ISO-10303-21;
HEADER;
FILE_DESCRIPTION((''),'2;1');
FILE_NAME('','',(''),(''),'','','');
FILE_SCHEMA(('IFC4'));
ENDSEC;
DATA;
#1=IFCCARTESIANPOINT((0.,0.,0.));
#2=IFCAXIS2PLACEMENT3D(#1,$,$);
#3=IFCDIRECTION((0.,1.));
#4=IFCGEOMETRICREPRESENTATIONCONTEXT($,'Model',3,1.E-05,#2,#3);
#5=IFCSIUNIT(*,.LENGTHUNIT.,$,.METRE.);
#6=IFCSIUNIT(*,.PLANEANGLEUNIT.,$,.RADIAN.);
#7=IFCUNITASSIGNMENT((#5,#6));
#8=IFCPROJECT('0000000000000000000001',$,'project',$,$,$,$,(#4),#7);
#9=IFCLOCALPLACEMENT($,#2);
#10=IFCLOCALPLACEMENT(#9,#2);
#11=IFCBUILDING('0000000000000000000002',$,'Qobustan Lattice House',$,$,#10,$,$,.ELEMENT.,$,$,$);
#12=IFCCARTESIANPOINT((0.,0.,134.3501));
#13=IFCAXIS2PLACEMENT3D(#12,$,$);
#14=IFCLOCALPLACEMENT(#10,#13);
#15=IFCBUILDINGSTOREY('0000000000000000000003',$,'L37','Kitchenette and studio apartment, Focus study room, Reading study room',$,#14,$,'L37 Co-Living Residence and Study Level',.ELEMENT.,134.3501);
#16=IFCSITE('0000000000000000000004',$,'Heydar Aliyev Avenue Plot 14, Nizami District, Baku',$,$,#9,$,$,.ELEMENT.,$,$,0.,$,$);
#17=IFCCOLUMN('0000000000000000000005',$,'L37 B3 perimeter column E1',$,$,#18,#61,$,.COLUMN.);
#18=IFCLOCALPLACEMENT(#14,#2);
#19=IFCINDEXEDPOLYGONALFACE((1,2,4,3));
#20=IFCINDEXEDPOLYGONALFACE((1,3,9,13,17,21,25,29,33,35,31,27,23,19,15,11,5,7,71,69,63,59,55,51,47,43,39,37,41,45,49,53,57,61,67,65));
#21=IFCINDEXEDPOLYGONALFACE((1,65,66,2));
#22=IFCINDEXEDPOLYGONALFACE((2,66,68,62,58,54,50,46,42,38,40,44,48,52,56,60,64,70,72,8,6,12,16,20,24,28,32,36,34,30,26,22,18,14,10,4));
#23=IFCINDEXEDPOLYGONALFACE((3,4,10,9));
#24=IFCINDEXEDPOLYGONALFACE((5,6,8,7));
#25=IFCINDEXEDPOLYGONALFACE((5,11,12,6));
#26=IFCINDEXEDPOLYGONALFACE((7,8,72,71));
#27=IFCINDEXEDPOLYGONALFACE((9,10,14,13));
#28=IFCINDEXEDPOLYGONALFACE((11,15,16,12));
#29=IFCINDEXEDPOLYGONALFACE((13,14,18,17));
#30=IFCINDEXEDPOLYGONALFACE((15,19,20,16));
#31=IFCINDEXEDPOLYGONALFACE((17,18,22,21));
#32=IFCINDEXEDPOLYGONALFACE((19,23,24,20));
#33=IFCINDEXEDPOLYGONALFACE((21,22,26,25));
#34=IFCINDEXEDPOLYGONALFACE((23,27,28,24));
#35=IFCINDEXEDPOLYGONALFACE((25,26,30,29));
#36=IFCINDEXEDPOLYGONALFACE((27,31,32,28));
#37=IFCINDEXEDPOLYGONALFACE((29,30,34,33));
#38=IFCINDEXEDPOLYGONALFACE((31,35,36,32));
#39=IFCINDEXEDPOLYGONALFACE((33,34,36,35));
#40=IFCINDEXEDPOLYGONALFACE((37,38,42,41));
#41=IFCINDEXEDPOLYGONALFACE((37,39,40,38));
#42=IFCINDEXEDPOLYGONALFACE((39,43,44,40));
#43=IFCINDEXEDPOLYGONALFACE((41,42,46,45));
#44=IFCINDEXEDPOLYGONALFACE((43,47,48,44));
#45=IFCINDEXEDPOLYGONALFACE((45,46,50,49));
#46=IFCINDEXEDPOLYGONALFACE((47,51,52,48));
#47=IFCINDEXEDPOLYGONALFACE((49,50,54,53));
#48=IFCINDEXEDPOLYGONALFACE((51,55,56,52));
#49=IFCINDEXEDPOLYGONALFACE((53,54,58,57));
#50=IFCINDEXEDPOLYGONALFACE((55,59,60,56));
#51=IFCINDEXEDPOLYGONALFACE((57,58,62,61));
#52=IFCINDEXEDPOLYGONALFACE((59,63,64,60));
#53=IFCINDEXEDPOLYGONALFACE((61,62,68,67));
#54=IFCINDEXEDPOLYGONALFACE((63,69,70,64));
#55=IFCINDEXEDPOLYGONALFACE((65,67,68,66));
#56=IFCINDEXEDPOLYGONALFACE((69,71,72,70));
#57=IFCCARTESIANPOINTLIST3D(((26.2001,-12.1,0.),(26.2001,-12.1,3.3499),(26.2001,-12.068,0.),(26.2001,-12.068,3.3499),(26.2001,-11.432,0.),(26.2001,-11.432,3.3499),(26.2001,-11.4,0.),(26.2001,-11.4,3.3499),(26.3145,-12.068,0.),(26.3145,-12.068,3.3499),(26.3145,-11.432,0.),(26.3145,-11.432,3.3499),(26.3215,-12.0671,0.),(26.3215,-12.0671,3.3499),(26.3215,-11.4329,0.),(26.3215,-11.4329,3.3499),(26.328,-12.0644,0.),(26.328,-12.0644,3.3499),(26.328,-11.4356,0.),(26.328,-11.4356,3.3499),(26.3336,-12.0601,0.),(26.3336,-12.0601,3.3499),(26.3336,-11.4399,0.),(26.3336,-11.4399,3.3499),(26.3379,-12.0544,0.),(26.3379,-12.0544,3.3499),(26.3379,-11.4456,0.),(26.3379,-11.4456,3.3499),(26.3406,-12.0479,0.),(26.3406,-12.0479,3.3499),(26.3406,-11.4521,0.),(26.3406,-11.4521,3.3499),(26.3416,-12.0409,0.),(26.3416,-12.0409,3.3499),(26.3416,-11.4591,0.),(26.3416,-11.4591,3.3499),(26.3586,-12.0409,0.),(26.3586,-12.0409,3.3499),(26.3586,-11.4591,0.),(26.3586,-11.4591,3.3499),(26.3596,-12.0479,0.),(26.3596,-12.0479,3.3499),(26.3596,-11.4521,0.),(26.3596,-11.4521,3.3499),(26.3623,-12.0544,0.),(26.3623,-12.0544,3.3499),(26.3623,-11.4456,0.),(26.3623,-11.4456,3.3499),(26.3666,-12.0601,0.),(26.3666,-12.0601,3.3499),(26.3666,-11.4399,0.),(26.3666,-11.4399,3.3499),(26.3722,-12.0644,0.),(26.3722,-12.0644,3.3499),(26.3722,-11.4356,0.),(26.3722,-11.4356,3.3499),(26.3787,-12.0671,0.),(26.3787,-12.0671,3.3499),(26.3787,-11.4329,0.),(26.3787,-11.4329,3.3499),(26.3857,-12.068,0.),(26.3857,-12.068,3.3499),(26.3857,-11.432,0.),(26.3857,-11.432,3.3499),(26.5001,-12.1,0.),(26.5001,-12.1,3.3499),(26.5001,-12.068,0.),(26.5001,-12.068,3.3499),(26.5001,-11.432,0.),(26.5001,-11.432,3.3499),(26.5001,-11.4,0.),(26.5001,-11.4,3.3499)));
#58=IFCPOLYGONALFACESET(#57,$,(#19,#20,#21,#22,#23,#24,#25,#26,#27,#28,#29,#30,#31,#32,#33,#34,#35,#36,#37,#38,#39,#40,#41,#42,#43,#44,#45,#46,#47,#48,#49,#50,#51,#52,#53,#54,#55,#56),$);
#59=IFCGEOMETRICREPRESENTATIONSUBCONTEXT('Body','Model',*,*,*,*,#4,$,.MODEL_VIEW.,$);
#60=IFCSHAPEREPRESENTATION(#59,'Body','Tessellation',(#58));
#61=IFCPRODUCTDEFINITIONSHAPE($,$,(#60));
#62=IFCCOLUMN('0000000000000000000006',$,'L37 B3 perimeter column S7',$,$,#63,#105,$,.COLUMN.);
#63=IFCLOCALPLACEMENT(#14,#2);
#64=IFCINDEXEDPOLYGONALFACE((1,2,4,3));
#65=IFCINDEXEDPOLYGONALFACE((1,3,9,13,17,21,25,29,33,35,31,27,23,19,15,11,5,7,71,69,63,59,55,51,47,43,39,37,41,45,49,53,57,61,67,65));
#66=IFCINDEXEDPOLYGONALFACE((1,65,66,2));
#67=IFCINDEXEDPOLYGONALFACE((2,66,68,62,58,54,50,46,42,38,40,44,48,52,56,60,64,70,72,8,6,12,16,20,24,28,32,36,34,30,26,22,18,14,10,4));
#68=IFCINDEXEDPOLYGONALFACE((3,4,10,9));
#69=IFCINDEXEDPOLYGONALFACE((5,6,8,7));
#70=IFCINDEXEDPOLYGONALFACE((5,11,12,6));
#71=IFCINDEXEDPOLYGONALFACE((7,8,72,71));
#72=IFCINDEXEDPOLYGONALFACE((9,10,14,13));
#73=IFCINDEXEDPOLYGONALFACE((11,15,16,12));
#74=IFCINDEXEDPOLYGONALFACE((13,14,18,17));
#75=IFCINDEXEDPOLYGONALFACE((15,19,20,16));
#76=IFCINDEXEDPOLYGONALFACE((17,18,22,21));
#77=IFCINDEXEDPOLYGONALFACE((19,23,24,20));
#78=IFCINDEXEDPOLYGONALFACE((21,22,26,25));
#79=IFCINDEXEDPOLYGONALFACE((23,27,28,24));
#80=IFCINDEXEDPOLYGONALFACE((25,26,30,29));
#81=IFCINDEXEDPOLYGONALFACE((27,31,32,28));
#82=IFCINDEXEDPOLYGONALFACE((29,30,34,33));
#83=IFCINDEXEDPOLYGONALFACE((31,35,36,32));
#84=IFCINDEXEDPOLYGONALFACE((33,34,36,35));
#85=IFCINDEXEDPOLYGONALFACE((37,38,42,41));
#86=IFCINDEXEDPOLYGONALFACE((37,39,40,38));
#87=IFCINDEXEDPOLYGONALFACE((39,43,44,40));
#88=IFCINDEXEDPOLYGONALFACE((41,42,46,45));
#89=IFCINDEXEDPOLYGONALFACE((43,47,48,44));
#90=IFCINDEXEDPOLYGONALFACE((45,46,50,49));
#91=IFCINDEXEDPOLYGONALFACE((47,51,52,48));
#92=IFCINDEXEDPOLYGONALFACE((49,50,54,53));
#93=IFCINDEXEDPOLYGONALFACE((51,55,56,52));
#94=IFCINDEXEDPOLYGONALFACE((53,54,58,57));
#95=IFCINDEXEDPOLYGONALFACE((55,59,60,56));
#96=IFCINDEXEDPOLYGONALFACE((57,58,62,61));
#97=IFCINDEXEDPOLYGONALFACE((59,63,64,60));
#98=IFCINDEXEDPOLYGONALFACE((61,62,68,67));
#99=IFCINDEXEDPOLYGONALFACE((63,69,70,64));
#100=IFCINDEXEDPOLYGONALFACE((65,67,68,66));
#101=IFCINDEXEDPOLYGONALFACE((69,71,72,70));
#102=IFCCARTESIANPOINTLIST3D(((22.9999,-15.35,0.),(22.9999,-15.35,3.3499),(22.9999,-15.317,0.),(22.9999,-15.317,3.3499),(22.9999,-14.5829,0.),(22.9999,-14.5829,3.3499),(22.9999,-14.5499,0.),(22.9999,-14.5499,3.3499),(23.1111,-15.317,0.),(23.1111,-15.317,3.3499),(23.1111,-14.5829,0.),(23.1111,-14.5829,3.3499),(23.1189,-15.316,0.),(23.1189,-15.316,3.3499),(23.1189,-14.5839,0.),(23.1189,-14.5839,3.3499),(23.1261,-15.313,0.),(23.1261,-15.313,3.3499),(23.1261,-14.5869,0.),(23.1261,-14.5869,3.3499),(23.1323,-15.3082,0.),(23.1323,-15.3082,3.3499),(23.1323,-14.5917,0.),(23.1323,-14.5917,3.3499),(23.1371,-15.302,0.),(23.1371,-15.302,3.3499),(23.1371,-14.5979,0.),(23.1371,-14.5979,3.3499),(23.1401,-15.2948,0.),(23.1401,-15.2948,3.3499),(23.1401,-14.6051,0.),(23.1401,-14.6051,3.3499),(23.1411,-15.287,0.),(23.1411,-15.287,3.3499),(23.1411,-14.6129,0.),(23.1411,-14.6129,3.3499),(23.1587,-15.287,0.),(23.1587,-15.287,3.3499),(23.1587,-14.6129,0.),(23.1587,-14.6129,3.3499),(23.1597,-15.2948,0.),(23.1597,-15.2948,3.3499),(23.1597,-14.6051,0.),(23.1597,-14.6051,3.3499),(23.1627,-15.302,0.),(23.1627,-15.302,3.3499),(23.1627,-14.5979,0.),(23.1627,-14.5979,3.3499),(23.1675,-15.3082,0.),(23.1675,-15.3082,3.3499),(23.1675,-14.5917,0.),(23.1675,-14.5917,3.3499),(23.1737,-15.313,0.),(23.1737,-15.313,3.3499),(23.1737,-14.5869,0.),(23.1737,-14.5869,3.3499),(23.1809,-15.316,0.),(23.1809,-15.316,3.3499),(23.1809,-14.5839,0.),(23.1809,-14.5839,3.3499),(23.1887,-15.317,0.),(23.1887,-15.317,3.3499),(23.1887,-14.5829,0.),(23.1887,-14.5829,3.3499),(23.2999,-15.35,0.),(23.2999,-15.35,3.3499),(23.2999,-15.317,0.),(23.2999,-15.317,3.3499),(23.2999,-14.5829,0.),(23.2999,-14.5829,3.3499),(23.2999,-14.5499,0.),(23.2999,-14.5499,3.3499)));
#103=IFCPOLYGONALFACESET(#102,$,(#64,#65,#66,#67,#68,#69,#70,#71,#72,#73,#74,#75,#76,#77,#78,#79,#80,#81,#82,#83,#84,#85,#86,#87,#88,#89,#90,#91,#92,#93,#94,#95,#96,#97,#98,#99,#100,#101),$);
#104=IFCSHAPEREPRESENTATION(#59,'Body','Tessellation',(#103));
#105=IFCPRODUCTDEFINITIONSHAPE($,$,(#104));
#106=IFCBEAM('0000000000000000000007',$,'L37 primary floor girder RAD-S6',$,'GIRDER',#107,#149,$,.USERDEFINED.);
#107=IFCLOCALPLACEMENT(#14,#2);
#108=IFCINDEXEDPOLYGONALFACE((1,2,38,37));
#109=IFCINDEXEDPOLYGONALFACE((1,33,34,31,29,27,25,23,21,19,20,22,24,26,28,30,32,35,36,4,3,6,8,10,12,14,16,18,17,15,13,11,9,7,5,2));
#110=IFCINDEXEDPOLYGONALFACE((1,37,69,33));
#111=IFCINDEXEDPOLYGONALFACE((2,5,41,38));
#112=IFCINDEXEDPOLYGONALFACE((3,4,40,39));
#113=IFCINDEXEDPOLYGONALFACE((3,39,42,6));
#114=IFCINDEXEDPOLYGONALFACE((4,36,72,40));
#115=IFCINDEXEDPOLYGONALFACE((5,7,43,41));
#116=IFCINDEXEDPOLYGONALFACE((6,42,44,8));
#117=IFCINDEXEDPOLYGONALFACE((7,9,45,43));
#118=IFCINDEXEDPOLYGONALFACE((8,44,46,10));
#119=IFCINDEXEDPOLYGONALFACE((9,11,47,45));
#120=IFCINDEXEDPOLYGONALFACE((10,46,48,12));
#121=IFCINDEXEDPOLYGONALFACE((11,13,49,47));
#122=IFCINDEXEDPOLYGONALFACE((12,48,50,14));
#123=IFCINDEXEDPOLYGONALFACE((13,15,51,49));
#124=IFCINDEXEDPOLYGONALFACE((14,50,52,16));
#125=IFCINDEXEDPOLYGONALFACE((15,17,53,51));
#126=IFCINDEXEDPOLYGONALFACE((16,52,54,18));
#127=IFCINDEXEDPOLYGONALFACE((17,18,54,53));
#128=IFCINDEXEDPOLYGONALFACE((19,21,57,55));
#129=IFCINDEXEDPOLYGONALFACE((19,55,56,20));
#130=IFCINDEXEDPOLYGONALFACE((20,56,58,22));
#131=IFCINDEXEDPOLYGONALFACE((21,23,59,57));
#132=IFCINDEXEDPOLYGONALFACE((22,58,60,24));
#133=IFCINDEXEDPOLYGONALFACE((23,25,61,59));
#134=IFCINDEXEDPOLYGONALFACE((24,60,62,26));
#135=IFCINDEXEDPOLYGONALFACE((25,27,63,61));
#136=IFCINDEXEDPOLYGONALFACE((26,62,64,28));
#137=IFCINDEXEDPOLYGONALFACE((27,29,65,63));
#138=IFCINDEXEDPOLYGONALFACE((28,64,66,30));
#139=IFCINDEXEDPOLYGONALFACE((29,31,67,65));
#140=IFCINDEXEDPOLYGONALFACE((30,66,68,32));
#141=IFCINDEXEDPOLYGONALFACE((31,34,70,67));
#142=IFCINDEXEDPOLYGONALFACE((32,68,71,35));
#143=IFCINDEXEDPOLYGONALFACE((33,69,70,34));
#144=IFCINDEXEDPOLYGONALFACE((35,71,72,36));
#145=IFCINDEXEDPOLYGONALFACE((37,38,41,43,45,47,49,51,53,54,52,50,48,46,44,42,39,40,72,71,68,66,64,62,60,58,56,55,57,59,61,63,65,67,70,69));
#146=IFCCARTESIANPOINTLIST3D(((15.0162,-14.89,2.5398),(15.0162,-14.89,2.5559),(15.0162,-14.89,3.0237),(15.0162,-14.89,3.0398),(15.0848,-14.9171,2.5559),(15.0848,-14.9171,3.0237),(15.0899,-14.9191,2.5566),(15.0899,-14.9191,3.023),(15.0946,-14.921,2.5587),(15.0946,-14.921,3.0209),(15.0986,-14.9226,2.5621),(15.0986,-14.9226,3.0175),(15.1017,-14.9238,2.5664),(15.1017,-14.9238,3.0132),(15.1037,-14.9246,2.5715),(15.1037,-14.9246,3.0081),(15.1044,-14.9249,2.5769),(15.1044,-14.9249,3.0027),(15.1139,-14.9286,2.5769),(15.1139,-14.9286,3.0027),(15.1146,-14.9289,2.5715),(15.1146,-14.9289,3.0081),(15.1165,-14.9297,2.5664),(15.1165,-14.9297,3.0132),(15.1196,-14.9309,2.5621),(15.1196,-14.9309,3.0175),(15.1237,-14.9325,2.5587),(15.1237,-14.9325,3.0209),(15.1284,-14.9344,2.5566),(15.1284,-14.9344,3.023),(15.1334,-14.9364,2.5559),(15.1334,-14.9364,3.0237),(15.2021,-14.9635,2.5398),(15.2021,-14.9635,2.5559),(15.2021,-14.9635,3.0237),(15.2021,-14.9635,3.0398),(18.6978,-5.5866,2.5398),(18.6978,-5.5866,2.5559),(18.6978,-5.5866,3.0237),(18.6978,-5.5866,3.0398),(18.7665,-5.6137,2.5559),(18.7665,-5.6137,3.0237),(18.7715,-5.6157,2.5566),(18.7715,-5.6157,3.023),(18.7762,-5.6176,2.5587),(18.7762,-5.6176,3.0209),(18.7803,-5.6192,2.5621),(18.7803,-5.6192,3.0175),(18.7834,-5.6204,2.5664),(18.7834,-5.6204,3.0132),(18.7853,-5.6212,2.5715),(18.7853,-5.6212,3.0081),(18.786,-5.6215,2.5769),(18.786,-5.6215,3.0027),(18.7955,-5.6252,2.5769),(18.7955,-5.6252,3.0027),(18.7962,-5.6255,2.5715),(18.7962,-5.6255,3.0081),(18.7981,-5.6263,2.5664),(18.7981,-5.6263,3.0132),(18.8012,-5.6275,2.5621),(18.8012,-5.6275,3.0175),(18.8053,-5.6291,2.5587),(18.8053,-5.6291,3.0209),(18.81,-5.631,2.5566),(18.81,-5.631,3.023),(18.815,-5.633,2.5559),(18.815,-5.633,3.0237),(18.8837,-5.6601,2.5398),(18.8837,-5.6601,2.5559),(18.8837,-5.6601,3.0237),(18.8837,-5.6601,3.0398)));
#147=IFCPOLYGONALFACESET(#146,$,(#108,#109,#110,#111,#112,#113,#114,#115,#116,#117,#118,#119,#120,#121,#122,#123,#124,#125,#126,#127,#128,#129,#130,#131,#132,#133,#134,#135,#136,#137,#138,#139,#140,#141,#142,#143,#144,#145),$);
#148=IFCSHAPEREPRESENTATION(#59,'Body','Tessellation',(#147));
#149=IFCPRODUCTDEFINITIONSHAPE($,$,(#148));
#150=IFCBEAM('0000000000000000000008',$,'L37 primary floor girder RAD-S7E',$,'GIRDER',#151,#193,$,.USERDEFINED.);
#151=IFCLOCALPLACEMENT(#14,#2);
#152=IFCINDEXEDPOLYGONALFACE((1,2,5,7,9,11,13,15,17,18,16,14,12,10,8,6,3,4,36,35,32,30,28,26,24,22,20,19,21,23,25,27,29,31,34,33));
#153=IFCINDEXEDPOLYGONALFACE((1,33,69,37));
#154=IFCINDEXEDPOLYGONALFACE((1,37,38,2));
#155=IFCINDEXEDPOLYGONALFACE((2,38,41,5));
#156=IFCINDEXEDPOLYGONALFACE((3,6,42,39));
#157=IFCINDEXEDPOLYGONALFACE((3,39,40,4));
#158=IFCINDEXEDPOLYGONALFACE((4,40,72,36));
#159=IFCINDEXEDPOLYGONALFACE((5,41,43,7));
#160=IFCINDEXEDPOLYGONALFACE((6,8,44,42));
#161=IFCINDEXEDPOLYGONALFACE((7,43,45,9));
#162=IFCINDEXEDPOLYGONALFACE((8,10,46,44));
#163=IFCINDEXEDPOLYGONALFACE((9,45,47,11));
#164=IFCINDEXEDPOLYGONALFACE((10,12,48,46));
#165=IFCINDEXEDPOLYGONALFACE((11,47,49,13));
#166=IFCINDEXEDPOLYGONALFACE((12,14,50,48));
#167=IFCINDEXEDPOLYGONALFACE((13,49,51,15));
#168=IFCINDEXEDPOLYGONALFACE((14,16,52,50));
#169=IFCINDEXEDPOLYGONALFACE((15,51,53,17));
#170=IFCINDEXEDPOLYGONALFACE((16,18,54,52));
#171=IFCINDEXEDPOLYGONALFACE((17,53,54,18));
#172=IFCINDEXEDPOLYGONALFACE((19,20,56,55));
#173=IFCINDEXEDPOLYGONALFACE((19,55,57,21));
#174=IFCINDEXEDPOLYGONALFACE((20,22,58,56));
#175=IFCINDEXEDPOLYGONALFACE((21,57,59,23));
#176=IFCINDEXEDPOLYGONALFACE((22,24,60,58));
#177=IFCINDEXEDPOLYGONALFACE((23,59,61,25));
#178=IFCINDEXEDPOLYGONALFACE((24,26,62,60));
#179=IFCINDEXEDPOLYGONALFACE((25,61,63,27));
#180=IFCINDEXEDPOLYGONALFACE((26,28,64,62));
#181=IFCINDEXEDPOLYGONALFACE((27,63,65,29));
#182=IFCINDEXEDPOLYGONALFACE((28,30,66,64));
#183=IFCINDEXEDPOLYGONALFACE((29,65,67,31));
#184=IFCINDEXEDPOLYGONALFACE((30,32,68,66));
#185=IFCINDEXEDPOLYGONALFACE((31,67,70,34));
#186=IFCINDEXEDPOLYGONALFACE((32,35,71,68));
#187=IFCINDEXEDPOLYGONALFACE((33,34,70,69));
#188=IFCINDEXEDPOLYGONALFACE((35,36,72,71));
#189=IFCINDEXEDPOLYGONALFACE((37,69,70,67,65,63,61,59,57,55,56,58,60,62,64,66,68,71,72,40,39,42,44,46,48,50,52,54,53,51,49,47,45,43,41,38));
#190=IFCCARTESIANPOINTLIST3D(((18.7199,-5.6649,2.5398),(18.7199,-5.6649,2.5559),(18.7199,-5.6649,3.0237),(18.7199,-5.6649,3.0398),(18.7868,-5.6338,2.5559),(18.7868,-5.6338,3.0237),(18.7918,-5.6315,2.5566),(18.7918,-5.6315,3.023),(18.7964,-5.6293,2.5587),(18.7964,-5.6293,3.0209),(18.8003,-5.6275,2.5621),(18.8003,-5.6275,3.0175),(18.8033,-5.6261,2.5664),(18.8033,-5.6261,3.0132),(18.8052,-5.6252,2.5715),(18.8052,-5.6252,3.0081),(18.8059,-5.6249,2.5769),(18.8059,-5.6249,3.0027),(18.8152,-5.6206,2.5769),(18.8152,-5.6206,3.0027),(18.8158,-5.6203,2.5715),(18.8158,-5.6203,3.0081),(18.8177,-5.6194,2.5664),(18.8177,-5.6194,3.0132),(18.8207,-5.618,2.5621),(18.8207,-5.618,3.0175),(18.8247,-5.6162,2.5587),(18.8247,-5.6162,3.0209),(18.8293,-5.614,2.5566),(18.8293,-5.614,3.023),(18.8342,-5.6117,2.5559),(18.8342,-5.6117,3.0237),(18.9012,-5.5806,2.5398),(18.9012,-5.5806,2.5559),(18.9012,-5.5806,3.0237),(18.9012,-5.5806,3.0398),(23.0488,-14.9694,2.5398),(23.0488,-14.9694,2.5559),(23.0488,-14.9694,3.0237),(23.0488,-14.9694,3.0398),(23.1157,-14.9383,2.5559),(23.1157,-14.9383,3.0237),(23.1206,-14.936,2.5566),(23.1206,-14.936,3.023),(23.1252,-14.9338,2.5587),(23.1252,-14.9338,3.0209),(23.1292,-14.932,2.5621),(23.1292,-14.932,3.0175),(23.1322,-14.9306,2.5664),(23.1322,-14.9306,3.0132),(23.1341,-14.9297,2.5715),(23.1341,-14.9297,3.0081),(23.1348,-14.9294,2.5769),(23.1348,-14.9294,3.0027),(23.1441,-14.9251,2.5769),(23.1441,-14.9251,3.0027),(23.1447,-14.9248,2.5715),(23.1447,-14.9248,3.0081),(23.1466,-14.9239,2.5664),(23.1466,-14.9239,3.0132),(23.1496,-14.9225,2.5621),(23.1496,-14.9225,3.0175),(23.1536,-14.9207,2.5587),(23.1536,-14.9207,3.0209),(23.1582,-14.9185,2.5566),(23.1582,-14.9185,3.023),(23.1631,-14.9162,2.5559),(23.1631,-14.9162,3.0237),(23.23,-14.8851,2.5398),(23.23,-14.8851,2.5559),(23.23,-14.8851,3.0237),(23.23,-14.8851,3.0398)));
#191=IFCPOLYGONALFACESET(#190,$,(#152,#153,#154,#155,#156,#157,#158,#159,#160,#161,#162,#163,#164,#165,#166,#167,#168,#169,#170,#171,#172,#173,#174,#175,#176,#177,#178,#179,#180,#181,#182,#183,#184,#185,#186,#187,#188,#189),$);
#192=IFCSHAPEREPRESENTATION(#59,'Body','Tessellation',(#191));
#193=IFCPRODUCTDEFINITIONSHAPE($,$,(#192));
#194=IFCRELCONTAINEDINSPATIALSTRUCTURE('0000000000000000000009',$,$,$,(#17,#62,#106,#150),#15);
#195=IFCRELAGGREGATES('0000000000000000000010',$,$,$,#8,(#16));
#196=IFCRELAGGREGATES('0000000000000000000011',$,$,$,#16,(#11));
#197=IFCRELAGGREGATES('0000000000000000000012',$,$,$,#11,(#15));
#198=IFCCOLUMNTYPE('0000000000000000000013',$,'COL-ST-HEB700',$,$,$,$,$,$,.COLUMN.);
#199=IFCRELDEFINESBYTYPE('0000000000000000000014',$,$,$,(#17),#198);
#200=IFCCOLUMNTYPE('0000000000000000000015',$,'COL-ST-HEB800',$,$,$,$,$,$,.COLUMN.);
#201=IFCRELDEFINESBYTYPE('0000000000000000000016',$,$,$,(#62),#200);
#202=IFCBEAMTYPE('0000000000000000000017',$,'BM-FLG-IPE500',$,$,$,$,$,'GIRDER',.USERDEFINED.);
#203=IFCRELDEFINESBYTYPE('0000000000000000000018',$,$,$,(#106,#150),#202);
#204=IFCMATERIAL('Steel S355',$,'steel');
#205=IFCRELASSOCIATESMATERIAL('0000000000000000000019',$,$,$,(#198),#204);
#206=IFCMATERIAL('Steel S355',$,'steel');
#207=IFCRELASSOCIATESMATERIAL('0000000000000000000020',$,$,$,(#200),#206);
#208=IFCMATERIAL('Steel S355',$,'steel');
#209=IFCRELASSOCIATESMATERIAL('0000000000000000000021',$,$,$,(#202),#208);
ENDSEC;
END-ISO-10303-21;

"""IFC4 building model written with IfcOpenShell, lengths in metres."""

from ifc_helpers import new_model, si_unit, direction, frame, origin, origin_2d, place, context, subcontext, project, spatial, i_section, extrude, material, material_profile, profile_set, type_object, element, save


model = new_model("IFC4")

# Units and contexts
model_context = context("Model", 3, precision=1e-05, world=origin(), true_north=direction((0.0, 1.0)))
body_context = subcontext(model_context, "Body", "Model", "MODEL_VIEW")
ifc_project = project(units=[si_unit("LENGTHUNIT", "METRE"), si_unit("PLANEANGLEUNIT", "RADIAN")], contexts=[model_context])

# Site, building, storey
site_placement = place(None, origin())
site = spatial("IfcSite", under=ifc_project, at=site_placement, Name="Heydar Aliyev Avenue Plot 14, Nizami District, Baku", CompositionType="ELEMENT", RefElevation=0.0)
building_placement = place(site_placement, origin())
building = spatial("IfcBuilding", under=site, at=building_placement, Name="Qobustan Lattice House", CompositionType="ELEMENT")
storey_placement = place(building_placement, frame((0.0, 0.0, 134.3501)))
storey = spatial("IfcBuildingStorey", under=building, at=storey_placement, Name="L37", Description="Kitchenette and studio apartment, Focus study room, Reading study room", LongName="L37 Co-Living Residence and Study Level", CompositionType="ELEMENT", Elevation=134.3501)

# Columns
ifc_material_1 = material(Name="Steel S355", Category="steel")
ifc_material_profile_1 = material_profile(ifc_material_1, i_section(OverallWidth=0.3, OverallDepth=0.7, WebThickness=0.0171, FlangeThickness=0.032, FilletRadius=0.0271, at=origin_2d()), Name="HEB700")
ifc_profile_set_1 = profile_set([ifc_material_profile_1], Name="Steel S355")
column_type_1 = type_object("IfcColumnType", Name="COL-ST-HEB700", PredefinedType="COLUMN", material=ifc_profile_set_1)
column_1_placement = place(storey_placement, frame((26.3501, -11.75, 0.0), z_axis=(0.0, 0.0, 1.0), x_axis=(1.0, 0.0, 0.0)))
element("IfcColumn", 1, at=column_1_placement, inside=storey, type_object=column_type_1, Name="L37 B3 perimeter column E1", PredefinedType="COLUMN", context=body_context, shape_type="SweptSolid", body=[
    extrude(i_section(OverallWidth=0.3, OverallDepth=0.7, WebThickness=0.0171, FlangeThickness=0.032, FilletRadius=0.0271, at=origin_2d()), origin(), (0.0, 0.0, 1.0), 3.3499),
])
ifc_material_2 = material(Name="Steel S355", Category="steel")
ifc_material_profile_2 = material_profile(ifc_material_2, i_section(OverallWidth=0.3, OverallDepth=0.8, WebThickness=0.0176, FlangeThickness=0.033, FilletRadius=0.03, at=origin_2d()), Name="HEB800")
ifc_profile_set_2 = profile_set([ifc_material_profile_2], Name="Steel S355")
column_type_2 = type_object("IfcColumnType", Name="COL-ST-HEB800", PredefinedType="COLUMN", material=ifc_profile_set_2)
column_2_placement = place(storey_placement, frame((23.1499, -14.95, 0.0), z_axis=(0.0, 0.0, 1.0), x_axis=(1.0, 0.0, 0.0)))
element("IfcColumn", 2, at=column_2_placement, inside=storey, type_object=column_type_2, Name="L37 B3 perimeter column S7", PredefinedType="COLUMN", context=body_context, shape_type="SweptSolid", body=[
    extrude(i_section(OverallWidth=0.3, OverallDepth=0.8, WebThickness=0.0176, FlangeThickness=0.033, FilletRadius=0.03, at=origin_2d()), origin(), (0.0, 0.0, 1.0), 3.3499),
])

# Beams
ifc_material_3 = material(Name="Steel S355", Category="steel")
ifc_material_profile_3 = material_profile(ifc_material_3, i_section(OverallWidth=0.2, OverallDepth=0.5, WebThickness=0.0103, FlangeThickness=0.0161, FilletRadius=0.021, at=origin_2d()), Name="IPE500")
ifc_profile_set_3 = profile_set([ifc_material_profile_3], Name="Steel S355")
beam_type_1 = type_object("IfcBeamType", Name="BM-FLG-IPE500", ElementType="GIRDER", PredefinedType="USERDEFINED", material=ifc_profile_set_3)
beam_1_placement = place(storey_placement, frame((15.1091, -14.9268, 2.7898), z_axis=(0.367964, 0.92984, 0.0), x_axis=(-0.92984, 0.367964, 0.0)))
element("IfcBeam", 3, at=beam_1_placement, inside=storey, type_object=beam_type_1, Name="L37 primary floor girder RAD-S6", ObjectType="GIRDER", PredefinedType="USERDEFINED", context=body_context, shape_type="SweptSolid", body=[
    extrude(i_section(OverallWidth=0.2, OverallDepth=0.5, WebThickness=0.0103, FlangeThickness=0.0161, FilletRadius=0.021, at=origin_2d()), origin(), (0.0, 0.0, 1.0), 10.0054),
])
beam_2_placement = place(storey_placement, frame((23.1394, -14.9272, 2.7898), z_axis=(-0.421828, 0.906676, 0.0), x_axis=(-0.906676, -0.421828, 0.0)))
element("IfcBeam", 4, at=beam_2_placement, inside=storey, type_object=beam_type_1, Name="L37 primary floor girder RAD-S7E", ObjectType="GIRDER", PredefinedType="USERDEFINED", context=body_context, shape_type="SweptSolid", body=[
    extrude(i_section(OverallWidth=0.2, OverallDepth=0.5, WebThickness=0.0103, FlangeThickness=0.0161, FilletRadius=0.021, at=origin_2d()), origin(), (0.0, 0.0, 1.0), 10.2622),
])

save(model, "model.ifc")
